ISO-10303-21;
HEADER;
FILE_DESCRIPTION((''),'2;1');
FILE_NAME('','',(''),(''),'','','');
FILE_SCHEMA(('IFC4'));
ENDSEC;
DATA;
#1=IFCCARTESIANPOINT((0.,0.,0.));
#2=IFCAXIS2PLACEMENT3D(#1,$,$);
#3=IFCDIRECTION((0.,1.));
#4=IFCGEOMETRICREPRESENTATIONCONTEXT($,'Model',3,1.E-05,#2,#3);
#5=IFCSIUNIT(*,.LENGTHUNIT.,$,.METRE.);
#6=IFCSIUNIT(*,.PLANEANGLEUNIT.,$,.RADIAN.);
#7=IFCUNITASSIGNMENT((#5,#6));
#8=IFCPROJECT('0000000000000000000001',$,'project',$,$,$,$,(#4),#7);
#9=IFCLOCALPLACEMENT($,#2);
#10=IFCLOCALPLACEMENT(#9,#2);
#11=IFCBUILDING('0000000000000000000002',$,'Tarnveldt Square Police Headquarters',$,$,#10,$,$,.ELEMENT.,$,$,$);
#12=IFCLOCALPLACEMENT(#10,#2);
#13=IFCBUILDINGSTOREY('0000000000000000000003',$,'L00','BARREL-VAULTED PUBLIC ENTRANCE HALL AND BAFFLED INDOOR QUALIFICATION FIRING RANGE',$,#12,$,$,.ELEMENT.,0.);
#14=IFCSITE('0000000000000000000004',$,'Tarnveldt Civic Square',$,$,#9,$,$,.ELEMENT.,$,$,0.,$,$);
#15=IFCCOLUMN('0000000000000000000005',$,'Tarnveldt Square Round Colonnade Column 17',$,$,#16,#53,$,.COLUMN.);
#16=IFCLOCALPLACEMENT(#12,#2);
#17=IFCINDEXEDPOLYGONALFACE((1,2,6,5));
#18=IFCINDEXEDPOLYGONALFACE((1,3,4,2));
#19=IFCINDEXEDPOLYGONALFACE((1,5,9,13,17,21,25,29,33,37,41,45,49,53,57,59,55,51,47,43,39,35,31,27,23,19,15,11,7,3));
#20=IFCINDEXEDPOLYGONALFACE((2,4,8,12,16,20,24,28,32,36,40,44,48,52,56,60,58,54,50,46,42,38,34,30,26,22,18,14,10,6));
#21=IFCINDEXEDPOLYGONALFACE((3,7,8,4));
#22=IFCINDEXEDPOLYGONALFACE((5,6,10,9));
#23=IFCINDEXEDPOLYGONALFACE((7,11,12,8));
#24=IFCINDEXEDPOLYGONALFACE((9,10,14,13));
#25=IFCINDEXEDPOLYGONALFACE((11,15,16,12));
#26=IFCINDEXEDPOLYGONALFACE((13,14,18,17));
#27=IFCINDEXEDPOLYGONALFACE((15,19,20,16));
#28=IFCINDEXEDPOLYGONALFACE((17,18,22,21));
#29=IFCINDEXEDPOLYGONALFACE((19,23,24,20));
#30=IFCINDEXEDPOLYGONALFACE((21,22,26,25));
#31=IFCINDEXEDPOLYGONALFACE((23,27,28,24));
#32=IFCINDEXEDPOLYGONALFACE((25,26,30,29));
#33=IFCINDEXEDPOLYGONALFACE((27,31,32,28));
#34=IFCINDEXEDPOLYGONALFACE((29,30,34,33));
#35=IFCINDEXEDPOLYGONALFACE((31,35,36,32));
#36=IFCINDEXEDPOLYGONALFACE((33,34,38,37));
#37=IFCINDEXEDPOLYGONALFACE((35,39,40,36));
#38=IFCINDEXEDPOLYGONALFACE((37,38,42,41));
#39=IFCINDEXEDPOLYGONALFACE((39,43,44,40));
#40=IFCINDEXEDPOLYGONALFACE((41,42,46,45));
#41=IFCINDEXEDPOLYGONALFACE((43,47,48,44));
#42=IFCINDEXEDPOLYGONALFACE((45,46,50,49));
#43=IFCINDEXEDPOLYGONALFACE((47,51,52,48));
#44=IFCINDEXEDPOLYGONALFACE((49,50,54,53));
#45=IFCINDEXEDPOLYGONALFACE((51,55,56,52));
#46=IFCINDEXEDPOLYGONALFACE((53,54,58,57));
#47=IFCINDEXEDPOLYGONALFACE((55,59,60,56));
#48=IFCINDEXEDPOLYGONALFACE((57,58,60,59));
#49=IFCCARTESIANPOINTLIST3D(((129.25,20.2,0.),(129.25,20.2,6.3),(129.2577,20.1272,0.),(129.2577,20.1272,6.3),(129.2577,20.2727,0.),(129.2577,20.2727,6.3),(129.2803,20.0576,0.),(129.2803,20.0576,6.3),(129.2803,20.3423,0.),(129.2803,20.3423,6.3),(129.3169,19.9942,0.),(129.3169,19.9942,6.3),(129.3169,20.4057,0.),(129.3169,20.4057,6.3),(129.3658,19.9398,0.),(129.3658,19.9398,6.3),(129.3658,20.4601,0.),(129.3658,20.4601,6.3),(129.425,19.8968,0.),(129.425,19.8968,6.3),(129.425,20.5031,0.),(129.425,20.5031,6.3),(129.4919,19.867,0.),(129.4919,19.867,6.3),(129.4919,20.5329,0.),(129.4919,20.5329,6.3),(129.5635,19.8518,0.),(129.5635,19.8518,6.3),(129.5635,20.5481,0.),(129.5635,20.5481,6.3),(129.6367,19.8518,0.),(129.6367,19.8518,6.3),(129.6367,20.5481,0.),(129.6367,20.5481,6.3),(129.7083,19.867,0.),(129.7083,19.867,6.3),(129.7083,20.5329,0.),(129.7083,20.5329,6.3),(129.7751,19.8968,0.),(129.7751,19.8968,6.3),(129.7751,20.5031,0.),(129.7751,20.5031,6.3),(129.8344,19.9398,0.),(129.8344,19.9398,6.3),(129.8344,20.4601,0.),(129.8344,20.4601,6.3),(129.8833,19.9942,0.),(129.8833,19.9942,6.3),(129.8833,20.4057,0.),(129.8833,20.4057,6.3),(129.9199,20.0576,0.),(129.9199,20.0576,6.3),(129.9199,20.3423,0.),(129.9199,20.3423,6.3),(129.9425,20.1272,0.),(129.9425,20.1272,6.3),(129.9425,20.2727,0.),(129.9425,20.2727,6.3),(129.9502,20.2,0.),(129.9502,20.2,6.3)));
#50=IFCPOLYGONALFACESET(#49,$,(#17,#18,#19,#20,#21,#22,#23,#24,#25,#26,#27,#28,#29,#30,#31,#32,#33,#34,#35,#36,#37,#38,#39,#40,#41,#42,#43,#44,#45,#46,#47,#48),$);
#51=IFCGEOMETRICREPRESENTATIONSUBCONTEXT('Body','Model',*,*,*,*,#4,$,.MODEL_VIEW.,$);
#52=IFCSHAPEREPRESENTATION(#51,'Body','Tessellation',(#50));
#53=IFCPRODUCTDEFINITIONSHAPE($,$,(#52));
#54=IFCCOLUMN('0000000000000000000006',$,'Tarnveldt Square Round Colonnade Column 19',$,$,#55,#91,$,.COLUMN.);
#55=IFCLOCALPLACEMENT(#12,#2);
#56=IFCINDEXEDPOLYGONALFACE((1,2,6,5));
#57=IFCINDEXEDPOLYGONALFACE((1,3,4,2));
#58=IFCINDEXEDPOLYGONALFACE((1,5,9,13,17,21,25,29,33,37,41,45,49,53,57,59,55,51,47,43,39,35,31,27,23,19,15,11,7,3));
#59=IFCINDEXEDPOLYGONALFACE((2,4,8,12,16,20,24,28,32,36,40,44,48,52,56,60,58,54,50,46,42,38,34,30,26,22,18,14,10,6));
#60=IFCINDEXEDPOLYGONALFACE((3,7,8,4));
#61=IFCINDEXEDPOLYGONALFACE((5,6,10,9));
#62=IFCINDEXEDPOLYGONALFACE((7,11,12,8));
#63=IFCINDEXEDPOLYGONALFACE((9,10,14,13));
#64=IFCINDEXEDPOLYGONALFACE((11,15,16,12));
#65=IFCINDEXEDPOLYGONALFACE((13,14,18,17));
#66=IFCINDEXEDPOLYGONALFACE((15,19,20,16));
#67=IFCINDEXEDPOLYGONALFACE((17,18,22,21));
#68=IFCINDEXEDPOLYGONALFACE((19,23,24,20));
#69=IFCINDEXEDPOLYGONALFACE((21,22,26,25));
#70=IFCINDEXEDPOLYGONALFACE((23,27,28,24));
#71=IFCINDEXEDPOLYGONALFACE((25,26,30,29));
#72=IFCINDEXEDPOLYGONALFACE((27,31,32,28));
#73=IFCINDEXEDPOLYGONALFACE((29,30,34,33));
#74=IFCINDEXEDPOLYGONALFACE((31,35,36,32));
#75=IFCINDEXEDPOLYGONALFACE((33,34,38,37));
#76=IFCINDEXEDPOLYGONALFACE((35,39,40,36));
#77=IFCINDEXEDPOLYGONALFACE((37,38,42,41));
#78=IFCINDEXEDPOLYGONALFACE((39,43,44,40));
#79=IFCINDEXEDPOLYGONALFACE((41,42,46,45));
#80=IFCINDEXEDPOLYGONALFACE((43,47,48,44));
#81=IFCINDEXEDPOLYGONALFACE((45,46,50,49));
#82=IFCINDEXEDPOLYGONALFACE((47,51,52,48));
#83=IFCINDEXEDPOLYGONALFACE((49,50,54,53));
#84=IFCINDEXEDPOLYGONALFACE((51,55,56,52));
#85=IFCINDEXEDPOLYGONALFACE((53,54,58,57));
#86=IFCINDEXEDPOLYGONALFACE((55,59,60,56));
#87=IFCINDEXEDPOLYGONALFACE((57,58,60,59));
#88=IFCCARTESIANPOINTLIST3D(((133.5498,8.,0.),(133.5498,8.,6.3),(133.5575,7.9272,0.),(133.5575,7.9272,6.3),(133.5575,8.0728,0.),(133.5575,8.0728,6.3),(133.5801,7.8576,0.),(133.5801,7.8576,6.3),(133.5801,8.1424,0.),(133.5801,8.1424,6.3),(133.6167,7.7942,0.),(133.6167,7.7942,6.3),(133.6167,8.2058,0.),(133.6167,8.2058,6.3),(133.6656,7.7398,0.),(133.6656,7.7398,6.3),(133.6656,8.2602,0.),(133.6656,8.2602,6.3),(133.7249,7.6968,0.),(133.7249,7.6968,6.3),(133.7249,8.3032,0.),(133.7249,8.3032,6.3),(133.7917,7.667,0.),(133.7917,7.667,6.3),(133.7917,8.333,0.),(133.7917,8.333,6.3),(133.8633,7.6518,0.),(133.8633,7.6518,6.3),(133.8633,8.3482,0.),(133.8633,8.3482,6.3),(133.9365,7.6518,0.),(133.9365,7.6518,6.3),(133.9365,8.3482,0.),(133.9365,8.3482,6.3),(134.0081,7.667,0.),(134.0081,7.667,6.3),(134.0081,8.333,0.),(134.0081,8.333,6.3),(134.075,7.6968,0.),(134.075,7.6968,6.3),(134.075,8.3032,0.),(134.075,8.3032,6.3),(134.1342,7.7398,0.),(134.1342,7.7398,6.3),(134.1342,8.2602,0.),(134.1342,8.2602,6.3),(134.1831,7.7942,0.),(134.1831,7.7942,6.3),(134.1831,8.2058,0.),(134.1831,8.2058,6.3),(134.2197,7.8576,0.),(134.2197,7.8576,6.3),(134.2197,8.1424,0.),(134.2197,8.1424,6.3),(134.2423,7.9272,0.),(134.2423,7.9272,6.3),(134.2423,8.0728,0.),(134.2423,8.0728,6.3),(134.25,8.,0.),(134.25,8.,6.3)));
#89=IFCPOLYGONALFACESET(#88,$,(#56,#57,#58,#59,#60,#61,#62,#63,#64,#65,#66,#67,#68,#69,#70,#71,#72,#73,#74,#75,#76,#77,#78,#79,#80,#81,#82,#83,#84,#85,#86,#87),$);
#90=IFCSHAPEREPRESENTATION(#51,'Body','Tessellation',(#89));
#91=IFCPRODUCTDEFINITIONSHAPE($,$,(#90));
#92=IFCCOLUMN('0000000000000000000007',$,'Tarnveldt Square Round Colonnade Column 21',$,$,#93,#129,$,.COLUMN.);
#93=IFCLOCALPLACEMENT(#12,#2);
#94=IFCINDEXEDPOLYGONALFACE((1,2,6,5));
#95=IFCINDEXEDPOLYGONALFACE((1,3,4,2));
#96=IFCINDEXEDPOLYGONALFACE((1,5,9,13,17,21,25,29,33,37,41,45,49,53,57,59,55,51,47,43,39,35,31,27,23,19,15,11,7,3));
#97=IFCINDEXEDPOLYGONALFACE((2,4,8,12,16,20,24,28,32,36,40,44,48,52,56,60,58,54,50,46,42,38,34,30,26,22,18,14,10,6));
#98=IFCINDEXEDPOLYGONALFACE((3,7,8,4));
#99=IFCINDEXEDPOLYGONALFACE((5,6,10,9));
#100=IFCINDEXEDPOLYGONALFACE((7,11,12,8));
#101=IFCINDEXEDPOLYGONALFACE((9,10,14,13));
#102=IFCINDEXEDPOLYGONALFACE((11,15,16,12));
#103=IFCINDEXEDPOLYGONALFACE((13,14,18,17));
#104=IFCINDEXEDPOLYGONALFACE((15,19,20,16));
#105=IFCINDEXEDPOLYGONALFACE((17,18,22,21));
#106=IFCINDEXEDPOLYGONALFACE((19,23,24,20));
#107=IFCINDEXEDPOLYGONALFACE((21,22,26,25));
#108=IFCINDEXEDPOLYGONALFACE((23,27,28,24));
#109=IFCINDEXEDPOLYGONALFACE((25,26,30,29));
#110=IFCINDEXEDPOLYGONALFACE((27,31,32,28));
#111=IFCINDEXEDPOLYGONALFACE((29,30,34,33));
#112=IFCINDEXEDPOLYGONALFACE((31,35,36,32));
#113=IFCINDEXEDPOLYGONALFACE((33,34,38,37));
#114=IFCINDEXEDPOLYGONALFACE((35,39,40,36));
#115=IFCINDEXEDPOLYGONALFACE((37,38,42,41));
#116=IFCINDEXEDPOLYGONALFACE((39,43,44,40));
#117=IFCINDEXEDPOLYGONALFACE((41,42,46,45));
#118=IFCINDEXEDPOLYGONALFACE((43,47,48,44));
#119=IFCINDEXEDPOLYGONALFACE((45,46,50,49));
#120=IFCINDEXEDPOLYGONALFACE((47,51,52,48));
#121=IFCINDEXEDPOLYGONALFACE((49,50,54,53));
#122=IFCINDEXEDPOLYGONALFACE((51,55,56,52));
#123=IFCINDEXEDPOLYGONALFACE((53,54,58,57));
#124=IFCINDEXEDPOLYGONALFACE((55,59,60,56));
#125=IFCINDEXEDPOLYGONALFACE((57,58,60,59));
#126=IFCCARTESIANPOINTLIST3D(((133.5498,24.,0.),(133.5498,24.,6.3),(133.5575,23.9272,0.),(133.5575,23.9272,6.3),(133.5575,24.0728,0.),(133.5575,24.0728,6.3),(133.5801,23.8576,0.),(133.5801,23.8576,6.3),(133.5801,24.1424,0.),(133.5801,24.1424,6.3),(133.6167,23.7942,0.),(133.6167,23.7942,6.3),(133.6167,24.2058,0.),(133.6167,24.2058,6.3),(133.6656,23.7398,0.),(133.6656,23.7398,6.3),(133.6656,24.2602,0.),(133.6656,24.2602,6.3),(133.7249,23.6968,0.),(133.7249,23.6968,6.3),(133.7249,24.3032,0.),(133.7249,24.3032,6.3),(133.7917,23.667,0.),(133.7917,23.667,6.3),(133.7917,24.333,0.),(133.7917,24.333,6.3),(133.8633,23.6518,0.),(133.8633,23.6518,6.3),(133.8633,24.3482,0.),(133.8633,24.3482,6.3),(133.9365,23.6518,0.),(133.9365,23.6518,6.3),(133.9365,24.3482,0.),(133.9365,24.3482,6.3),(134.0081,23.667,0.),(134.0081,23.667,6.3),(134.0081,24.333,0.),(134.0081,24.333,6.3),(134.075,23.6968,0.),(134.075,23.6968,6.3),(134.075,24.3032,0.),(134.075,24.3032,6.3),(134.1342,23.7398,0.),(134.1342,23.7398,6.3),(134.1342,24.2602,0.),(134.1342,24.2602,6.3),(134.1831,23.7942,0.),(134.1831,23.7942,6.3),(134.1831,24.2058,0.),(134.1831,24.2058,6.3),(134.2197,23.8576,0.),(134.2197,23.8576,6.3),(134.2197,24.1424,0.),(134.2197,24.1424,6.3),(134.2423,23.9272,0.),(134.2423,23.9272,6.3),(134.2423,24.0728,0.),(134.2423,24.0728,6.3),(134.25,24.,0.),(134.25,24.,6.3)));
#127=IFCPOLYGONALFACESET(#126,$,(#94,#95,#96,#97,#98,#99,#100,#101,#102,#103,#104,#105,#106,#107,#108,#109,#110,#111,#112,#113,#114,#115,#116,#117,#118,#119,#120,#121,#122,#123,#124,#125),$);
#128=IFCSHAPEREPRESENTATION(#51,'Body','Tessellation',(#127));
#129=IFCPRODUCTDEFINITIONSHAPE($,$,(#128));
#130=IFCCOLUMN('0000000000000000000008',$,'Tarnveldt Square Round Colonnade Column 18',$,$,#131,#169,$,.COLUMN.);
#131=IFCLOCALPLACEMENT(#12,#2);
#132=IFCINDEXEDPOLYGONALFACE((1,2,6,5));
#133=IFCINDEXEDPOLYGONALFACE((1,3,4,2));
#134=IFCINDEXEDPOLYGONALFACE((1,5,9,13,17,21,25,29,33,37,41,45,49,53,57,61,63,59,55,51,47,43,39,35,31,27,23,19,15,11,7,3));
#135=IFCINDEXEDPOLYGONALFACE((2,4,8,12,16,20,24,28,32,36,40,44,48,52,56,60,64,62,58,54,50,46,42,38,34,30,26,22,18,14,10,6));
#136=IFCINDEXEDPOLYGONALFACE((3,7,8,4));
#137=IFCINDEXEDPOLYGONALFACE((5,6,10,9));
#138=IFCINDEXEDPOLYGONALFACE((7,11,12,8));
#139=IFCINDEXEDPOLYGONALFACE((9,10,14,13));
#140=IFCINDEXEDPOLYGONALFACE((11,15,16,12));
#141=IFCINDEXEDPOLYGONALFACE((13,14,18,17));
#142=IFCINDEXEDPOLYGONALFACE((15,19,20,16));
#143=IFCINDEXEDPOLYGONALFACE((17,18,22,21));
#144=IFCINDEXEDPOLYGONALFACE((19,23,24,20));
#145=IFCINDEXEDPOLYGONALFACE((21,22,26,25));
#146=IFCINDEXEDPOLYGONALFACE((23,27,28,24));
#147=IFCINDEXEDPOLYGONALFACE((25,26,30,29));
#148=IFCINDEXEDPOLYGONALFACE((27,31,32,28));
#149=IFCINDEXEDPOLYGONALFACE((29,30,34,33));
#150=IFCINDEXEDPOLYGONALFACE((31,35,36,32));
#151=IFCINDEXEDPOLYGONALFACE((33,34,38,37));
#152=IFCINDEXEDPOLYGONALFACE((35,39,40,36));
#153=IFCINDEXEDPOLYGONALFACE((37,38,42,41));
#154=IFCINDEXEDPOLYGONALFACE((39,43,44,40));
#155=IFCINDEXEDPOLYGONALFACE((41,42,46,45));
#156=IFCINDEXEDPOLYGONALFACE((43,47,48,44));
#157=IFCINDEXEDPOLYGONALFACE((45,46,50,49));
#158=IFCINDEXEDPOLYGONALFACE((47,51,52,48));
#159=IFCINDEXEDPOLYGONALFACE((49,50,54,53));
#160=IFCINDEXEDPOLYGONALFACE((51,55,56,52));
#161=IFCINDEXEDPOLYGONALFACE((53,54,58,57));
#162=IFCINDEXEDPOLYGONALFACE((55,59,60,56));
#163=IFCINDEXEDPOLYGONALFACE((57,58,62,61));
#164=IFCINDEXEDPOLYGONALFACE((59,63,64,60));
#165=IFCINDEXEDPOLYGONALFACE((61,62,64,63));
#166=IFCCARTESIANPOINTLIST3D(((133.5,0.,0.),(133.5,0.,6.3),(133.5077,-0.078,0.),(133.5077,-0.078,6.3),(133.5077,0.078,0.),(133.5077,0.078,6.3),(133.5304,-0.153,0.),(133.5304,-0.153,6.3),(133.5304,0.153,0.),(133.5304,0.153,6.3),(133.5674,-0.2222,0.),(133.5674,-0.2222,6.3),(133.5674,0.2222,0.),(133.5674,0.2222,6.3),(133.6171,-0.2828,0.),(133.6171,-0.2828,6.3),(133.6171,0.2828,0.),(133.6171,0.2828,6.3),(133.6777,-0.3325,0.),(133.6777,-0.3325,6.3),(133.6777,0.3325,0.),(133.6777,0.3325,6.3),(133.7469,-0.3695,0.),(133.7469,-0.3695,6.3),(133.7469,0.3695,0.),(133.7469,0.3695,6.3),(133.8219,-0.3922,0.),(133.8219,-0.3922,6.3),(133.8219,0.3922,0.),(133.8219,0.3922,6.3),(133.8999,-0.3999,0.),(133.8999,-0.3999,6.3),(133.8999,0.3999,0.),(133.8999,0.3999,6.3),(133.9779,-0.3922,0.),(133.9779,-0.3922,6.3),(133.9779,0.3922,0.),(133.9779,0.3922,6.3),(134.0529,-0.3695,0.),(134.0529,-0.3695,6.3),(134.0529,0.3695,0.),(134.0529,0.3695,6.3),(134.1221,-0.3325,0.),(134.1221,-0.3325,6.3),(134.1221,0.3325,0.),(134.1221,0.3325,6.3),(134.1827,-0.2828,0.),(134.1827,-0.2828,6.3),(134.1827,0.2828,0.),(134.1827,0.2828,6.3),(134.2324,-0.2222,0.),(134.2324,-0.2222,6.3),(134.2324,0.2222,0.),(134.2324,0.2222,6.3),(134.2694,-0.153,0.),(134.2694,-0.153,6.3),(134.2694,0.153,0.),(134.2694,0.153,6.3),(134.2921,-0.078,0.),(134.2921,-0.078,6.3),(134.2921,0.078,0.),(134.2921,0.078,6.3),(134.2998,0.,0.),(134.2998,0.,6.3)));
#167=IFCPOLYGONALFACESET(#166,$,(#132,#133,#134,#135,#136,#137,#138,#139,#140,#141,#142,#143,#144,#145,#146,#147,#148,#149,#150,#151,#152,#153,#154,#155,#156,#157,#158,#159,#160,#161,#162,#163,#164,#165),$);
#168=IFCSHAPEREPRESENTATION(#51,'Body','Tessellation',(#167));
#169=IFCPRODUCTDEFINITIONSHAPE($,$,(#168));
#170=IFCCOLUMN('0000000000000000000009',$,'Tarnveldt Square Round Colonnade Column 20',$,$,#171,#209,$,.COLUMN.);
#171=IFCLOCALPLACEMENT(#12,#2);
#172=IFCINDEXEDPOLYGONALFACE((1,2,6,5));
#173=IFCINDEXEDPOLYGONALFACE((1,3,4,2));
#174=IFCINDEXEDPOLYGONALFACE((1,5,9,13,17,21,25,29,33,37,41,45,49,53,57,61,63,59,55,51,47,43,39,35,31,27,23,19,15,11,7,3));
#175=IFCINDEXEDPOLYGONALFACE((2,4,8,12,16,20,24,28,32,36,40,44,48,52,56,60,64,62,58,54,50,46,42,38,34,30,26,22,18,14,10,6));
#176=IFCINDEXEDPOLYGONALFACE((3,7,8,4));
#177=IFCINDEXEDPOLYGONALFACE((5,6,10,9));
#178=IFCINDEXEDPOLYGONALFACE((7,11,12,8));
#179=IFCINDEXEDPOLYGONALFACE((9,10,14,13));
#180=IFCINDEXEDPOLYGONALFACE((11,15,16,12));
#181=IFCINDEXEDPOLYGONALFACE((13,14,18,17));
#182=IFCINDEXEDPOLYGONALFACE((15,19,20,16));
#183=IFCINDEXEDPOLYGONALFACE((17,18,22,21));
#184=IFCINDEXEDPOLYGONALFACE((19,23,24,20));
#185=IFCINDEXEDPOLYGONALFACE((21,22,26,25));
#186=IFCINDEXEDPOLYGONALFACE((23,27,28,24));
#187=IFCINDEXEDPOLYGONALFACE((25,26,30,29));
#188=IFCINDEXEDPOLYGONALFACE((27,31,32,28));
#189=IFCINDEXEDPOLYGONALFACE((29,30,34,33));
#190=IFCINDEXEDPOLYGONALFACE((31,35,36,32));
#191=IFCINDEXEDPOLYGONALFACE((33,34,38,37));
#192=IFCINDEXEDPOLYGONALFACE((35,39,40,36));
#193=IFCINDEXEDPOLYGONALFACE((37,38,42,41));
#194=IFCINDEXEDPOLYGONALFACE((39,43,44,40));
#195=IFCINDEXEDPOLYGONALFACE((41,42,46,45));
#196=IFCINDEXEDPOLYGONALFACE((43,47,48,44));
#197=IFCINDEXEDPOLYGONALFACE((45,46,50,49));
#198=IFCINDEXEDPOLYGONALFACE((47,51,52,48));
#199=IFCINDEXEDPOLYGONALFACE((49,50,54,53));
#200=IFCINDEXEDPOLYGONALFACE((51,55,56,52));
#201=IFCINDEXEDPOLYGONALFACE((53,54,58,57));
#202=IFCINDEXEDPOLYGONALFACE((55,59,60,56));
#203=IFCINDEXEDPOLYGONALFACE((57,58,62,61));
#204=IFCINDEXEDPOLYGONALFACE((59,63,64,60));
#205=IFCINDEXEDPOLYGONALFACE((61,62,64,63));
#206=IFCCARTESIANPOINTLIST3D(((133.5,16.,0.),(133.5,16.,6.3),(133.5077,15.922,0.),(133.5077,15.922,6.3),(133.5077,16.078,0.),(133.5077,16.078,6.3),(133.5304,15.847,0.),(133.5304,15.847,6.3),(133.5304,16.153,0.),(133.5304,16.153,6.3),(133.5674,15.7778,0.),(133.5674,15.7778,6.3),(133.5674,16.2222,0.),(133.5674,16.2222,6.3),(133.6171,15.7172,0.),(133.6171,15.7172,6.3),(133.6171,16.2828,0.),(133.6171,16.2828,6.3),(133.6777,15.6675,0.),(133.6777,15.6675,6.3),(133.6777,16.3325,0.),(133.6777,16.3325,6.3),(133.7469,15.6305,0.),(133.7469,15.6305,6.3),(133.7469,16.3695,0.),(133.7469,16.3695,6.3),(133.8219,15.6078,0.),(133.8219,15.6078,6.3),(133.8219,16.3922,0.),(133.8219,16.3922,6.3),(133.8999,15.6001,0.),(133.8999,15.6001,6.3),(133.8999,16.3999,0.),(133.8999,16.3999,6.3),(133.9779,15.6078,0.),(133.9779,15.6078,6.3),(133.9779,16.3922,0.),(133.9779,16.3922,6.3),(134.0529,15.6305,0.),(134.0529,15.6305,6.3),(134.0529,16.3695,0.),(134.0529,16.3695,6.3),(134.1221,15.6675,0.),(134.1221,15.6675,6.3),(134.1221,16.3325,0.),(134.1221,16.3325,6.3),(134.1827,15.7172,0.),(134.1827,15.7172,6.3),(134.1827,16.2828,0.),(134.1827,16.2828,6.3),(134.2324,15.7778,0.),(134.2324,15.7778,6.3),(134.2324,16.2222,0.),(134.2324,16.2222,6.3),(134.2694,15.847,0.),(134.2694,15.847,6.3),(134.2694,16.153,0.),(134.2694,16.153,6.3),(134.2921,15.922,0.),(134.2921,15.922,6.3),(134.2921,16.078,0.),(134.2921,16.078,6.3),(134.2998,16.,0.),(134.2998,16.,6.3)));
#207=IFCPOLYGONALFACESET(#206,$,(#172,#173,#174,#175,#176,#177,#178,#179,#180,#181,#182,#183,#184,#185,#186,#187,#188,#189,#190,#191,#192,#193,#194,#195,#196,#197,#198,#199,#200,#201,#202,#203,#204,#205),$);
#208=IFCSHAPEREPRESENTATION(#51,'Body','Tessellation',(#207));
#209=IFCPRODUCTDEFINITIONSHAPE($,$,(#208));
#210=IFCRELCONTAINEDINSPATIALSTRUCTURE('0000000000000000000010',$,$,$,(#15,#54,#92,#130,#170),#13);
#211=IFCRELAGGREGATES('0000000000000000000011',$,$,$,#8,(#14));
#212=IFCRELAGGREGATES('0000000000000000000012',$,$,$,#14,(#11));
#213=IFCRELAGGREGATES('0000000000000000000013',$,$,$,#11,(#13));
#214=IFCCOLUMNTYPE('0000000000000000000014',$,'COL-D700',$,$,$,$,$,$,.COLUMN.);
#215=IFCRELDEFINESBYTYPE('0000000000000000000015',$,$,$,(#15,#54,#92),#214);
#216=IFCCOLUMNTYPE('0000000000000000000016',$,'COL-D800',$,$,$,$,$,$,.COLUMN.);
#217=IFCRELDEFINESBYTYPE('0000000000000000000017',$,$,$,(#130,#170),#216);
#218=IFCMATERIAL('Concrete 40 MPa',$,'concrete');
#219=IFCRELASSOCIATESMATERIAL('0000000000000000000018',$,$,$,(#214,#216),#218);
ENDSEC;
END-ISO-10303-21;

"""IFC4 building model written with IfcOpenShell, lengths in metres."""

from ifc_helpers import new_model, si_unit, direction, frame, origin, origin_2d, place, context, subcontext, project, spatial, circle, extrude, material, material_profile, profile_set, type_object, element, save


model = new_model("IFC4")

# Units and contexts
model_context = context("Model", 3, precision=1e-05, world=origin(), true_north=direction((0.0, 1.0)))
body_context = subcontext(model_context, "Body", "Model", "MODEL_VIEW")
ifc_project = project(units=[si_unit("LENGTHUNIT", "METRE"), si_unit("PLANEANGLEUNIT", "RADIAN")], contexts=[model_context])

# Site, building, storey
site_placement = place(None, origin())
site = spatial("IfcSite", under=ifc_project, at=site_placement, Name="Tarnveldt Civic Square", CompositionType="ELEMENT", RefElevation=0.0)
building_placement = place(site_placement, origin())
building = spatial("IfcBuilding", under=site, at=building_placement, Name="Tarnveldt Square Police Headquarters", CompositionType="ELEMENT")
storey_placement = place(building_placement, origin())
storey = spatial("IfcBuildingStorey", under=building, at=storey_placement, Name="L00", Description="BARREL-VAULTED PUBLIC ENTRANCE HALL AND BAFFLED INDOOR QUALIFICATION FIRING RANGE", CompositionType="ELEMENT", Elevation=0.0)

# Columns
ifc_material_1 = material(Name="Concrete 40 MPa", Category="concrete")
ifc_material_profile_1 = material_profile(ifc_material_1, circle(Radius=0.3501, at=origin_2d()), Name="RC-D700")
ifc_profile_set_1 = profile_set([ifc_material_profile_1], Name="Concrete 40 MPa")
column_type_1 = type_object("IfcColumnType", Name="COL-D700", PredefinedType="COLUMN", material=ifc_profile_set_1)
for number, where, z_axis, x_axis, name in (
    (1, (129.6001, 20.2, 0.0), (0.0, 0.0, 1.0), (1.0, 0.0, 0.0), "Tarnveldt Square Round Colonnade Column 17"),
    (2, (133.8999, 8.0, 0.0), (0.0, 0.0, 1.0), (1.0, 0.0, 0.0), "Tarnveldt Square Round Colonnade Column 19"),
    (3, (133.8999, 24.0, 0.0), (0.0, 0.0, 1.0), (1.0, 0.0, 0.0), "Tarnveldt Square Round Colonnade Column 21"),
):
    element("IfcColumn", number, at=place(storey_placement, frame(where, z_axis=z_axis, x_axis=x_axis)), inside=storey, type_object=column_type_1, Name=name, PredefinedType="COLUMN", context=body_context, shape_type="SweptSolid", body=[
        extrude(circle(Radius=0.3501, at=origin_2d()), origin(), (0.0, 0.0, 1.0), 6.3),
    ])
ifc_material_profile_2 = material_profile(ifc_material_1, circle(Radius=0.3999, at=origin_2d()), Name="RC-D800")
ifc_profile_set_2 = profile_set([ifc_material_profile_2], Name="Concrete 40 MPa")
column_type_2 = type_object("IfcColumnType", Name="COL-D800", PredefinedType="COLUMN", material=ifc_profile_set_2)
for number, where, z_axis, x_axis, name in (
    (4, (133.8999, 0.0, 0.0), (0.0, 0.0, 1.0), (1.0, 0.0, 0.0), "Tarnveldt Square Round Colonnade Column 18"),
    (5, (133.8999, 16.0, 0.0), (0.0, 0.0, 1.0), (1.0, 0.0, 0.0), "Tarnveldt Square Round Colonnade Column 20"),
):
    element("IfcColumn", number, at=place(storey_placement, frame(where, z_axis=z_axis, x_axis=x_axis)), inside=storey, type_object=column_type_2, Name=name, PredefinedType="COLUMN", context=body_context, shape_type="SweptSolid", body=[
        extrude(circle(Radius=0.3999, at=origin_2d()), origin(), (0.0, 0.0, 1.0), 6.3),
    ])

save(model, "model.ifc")
